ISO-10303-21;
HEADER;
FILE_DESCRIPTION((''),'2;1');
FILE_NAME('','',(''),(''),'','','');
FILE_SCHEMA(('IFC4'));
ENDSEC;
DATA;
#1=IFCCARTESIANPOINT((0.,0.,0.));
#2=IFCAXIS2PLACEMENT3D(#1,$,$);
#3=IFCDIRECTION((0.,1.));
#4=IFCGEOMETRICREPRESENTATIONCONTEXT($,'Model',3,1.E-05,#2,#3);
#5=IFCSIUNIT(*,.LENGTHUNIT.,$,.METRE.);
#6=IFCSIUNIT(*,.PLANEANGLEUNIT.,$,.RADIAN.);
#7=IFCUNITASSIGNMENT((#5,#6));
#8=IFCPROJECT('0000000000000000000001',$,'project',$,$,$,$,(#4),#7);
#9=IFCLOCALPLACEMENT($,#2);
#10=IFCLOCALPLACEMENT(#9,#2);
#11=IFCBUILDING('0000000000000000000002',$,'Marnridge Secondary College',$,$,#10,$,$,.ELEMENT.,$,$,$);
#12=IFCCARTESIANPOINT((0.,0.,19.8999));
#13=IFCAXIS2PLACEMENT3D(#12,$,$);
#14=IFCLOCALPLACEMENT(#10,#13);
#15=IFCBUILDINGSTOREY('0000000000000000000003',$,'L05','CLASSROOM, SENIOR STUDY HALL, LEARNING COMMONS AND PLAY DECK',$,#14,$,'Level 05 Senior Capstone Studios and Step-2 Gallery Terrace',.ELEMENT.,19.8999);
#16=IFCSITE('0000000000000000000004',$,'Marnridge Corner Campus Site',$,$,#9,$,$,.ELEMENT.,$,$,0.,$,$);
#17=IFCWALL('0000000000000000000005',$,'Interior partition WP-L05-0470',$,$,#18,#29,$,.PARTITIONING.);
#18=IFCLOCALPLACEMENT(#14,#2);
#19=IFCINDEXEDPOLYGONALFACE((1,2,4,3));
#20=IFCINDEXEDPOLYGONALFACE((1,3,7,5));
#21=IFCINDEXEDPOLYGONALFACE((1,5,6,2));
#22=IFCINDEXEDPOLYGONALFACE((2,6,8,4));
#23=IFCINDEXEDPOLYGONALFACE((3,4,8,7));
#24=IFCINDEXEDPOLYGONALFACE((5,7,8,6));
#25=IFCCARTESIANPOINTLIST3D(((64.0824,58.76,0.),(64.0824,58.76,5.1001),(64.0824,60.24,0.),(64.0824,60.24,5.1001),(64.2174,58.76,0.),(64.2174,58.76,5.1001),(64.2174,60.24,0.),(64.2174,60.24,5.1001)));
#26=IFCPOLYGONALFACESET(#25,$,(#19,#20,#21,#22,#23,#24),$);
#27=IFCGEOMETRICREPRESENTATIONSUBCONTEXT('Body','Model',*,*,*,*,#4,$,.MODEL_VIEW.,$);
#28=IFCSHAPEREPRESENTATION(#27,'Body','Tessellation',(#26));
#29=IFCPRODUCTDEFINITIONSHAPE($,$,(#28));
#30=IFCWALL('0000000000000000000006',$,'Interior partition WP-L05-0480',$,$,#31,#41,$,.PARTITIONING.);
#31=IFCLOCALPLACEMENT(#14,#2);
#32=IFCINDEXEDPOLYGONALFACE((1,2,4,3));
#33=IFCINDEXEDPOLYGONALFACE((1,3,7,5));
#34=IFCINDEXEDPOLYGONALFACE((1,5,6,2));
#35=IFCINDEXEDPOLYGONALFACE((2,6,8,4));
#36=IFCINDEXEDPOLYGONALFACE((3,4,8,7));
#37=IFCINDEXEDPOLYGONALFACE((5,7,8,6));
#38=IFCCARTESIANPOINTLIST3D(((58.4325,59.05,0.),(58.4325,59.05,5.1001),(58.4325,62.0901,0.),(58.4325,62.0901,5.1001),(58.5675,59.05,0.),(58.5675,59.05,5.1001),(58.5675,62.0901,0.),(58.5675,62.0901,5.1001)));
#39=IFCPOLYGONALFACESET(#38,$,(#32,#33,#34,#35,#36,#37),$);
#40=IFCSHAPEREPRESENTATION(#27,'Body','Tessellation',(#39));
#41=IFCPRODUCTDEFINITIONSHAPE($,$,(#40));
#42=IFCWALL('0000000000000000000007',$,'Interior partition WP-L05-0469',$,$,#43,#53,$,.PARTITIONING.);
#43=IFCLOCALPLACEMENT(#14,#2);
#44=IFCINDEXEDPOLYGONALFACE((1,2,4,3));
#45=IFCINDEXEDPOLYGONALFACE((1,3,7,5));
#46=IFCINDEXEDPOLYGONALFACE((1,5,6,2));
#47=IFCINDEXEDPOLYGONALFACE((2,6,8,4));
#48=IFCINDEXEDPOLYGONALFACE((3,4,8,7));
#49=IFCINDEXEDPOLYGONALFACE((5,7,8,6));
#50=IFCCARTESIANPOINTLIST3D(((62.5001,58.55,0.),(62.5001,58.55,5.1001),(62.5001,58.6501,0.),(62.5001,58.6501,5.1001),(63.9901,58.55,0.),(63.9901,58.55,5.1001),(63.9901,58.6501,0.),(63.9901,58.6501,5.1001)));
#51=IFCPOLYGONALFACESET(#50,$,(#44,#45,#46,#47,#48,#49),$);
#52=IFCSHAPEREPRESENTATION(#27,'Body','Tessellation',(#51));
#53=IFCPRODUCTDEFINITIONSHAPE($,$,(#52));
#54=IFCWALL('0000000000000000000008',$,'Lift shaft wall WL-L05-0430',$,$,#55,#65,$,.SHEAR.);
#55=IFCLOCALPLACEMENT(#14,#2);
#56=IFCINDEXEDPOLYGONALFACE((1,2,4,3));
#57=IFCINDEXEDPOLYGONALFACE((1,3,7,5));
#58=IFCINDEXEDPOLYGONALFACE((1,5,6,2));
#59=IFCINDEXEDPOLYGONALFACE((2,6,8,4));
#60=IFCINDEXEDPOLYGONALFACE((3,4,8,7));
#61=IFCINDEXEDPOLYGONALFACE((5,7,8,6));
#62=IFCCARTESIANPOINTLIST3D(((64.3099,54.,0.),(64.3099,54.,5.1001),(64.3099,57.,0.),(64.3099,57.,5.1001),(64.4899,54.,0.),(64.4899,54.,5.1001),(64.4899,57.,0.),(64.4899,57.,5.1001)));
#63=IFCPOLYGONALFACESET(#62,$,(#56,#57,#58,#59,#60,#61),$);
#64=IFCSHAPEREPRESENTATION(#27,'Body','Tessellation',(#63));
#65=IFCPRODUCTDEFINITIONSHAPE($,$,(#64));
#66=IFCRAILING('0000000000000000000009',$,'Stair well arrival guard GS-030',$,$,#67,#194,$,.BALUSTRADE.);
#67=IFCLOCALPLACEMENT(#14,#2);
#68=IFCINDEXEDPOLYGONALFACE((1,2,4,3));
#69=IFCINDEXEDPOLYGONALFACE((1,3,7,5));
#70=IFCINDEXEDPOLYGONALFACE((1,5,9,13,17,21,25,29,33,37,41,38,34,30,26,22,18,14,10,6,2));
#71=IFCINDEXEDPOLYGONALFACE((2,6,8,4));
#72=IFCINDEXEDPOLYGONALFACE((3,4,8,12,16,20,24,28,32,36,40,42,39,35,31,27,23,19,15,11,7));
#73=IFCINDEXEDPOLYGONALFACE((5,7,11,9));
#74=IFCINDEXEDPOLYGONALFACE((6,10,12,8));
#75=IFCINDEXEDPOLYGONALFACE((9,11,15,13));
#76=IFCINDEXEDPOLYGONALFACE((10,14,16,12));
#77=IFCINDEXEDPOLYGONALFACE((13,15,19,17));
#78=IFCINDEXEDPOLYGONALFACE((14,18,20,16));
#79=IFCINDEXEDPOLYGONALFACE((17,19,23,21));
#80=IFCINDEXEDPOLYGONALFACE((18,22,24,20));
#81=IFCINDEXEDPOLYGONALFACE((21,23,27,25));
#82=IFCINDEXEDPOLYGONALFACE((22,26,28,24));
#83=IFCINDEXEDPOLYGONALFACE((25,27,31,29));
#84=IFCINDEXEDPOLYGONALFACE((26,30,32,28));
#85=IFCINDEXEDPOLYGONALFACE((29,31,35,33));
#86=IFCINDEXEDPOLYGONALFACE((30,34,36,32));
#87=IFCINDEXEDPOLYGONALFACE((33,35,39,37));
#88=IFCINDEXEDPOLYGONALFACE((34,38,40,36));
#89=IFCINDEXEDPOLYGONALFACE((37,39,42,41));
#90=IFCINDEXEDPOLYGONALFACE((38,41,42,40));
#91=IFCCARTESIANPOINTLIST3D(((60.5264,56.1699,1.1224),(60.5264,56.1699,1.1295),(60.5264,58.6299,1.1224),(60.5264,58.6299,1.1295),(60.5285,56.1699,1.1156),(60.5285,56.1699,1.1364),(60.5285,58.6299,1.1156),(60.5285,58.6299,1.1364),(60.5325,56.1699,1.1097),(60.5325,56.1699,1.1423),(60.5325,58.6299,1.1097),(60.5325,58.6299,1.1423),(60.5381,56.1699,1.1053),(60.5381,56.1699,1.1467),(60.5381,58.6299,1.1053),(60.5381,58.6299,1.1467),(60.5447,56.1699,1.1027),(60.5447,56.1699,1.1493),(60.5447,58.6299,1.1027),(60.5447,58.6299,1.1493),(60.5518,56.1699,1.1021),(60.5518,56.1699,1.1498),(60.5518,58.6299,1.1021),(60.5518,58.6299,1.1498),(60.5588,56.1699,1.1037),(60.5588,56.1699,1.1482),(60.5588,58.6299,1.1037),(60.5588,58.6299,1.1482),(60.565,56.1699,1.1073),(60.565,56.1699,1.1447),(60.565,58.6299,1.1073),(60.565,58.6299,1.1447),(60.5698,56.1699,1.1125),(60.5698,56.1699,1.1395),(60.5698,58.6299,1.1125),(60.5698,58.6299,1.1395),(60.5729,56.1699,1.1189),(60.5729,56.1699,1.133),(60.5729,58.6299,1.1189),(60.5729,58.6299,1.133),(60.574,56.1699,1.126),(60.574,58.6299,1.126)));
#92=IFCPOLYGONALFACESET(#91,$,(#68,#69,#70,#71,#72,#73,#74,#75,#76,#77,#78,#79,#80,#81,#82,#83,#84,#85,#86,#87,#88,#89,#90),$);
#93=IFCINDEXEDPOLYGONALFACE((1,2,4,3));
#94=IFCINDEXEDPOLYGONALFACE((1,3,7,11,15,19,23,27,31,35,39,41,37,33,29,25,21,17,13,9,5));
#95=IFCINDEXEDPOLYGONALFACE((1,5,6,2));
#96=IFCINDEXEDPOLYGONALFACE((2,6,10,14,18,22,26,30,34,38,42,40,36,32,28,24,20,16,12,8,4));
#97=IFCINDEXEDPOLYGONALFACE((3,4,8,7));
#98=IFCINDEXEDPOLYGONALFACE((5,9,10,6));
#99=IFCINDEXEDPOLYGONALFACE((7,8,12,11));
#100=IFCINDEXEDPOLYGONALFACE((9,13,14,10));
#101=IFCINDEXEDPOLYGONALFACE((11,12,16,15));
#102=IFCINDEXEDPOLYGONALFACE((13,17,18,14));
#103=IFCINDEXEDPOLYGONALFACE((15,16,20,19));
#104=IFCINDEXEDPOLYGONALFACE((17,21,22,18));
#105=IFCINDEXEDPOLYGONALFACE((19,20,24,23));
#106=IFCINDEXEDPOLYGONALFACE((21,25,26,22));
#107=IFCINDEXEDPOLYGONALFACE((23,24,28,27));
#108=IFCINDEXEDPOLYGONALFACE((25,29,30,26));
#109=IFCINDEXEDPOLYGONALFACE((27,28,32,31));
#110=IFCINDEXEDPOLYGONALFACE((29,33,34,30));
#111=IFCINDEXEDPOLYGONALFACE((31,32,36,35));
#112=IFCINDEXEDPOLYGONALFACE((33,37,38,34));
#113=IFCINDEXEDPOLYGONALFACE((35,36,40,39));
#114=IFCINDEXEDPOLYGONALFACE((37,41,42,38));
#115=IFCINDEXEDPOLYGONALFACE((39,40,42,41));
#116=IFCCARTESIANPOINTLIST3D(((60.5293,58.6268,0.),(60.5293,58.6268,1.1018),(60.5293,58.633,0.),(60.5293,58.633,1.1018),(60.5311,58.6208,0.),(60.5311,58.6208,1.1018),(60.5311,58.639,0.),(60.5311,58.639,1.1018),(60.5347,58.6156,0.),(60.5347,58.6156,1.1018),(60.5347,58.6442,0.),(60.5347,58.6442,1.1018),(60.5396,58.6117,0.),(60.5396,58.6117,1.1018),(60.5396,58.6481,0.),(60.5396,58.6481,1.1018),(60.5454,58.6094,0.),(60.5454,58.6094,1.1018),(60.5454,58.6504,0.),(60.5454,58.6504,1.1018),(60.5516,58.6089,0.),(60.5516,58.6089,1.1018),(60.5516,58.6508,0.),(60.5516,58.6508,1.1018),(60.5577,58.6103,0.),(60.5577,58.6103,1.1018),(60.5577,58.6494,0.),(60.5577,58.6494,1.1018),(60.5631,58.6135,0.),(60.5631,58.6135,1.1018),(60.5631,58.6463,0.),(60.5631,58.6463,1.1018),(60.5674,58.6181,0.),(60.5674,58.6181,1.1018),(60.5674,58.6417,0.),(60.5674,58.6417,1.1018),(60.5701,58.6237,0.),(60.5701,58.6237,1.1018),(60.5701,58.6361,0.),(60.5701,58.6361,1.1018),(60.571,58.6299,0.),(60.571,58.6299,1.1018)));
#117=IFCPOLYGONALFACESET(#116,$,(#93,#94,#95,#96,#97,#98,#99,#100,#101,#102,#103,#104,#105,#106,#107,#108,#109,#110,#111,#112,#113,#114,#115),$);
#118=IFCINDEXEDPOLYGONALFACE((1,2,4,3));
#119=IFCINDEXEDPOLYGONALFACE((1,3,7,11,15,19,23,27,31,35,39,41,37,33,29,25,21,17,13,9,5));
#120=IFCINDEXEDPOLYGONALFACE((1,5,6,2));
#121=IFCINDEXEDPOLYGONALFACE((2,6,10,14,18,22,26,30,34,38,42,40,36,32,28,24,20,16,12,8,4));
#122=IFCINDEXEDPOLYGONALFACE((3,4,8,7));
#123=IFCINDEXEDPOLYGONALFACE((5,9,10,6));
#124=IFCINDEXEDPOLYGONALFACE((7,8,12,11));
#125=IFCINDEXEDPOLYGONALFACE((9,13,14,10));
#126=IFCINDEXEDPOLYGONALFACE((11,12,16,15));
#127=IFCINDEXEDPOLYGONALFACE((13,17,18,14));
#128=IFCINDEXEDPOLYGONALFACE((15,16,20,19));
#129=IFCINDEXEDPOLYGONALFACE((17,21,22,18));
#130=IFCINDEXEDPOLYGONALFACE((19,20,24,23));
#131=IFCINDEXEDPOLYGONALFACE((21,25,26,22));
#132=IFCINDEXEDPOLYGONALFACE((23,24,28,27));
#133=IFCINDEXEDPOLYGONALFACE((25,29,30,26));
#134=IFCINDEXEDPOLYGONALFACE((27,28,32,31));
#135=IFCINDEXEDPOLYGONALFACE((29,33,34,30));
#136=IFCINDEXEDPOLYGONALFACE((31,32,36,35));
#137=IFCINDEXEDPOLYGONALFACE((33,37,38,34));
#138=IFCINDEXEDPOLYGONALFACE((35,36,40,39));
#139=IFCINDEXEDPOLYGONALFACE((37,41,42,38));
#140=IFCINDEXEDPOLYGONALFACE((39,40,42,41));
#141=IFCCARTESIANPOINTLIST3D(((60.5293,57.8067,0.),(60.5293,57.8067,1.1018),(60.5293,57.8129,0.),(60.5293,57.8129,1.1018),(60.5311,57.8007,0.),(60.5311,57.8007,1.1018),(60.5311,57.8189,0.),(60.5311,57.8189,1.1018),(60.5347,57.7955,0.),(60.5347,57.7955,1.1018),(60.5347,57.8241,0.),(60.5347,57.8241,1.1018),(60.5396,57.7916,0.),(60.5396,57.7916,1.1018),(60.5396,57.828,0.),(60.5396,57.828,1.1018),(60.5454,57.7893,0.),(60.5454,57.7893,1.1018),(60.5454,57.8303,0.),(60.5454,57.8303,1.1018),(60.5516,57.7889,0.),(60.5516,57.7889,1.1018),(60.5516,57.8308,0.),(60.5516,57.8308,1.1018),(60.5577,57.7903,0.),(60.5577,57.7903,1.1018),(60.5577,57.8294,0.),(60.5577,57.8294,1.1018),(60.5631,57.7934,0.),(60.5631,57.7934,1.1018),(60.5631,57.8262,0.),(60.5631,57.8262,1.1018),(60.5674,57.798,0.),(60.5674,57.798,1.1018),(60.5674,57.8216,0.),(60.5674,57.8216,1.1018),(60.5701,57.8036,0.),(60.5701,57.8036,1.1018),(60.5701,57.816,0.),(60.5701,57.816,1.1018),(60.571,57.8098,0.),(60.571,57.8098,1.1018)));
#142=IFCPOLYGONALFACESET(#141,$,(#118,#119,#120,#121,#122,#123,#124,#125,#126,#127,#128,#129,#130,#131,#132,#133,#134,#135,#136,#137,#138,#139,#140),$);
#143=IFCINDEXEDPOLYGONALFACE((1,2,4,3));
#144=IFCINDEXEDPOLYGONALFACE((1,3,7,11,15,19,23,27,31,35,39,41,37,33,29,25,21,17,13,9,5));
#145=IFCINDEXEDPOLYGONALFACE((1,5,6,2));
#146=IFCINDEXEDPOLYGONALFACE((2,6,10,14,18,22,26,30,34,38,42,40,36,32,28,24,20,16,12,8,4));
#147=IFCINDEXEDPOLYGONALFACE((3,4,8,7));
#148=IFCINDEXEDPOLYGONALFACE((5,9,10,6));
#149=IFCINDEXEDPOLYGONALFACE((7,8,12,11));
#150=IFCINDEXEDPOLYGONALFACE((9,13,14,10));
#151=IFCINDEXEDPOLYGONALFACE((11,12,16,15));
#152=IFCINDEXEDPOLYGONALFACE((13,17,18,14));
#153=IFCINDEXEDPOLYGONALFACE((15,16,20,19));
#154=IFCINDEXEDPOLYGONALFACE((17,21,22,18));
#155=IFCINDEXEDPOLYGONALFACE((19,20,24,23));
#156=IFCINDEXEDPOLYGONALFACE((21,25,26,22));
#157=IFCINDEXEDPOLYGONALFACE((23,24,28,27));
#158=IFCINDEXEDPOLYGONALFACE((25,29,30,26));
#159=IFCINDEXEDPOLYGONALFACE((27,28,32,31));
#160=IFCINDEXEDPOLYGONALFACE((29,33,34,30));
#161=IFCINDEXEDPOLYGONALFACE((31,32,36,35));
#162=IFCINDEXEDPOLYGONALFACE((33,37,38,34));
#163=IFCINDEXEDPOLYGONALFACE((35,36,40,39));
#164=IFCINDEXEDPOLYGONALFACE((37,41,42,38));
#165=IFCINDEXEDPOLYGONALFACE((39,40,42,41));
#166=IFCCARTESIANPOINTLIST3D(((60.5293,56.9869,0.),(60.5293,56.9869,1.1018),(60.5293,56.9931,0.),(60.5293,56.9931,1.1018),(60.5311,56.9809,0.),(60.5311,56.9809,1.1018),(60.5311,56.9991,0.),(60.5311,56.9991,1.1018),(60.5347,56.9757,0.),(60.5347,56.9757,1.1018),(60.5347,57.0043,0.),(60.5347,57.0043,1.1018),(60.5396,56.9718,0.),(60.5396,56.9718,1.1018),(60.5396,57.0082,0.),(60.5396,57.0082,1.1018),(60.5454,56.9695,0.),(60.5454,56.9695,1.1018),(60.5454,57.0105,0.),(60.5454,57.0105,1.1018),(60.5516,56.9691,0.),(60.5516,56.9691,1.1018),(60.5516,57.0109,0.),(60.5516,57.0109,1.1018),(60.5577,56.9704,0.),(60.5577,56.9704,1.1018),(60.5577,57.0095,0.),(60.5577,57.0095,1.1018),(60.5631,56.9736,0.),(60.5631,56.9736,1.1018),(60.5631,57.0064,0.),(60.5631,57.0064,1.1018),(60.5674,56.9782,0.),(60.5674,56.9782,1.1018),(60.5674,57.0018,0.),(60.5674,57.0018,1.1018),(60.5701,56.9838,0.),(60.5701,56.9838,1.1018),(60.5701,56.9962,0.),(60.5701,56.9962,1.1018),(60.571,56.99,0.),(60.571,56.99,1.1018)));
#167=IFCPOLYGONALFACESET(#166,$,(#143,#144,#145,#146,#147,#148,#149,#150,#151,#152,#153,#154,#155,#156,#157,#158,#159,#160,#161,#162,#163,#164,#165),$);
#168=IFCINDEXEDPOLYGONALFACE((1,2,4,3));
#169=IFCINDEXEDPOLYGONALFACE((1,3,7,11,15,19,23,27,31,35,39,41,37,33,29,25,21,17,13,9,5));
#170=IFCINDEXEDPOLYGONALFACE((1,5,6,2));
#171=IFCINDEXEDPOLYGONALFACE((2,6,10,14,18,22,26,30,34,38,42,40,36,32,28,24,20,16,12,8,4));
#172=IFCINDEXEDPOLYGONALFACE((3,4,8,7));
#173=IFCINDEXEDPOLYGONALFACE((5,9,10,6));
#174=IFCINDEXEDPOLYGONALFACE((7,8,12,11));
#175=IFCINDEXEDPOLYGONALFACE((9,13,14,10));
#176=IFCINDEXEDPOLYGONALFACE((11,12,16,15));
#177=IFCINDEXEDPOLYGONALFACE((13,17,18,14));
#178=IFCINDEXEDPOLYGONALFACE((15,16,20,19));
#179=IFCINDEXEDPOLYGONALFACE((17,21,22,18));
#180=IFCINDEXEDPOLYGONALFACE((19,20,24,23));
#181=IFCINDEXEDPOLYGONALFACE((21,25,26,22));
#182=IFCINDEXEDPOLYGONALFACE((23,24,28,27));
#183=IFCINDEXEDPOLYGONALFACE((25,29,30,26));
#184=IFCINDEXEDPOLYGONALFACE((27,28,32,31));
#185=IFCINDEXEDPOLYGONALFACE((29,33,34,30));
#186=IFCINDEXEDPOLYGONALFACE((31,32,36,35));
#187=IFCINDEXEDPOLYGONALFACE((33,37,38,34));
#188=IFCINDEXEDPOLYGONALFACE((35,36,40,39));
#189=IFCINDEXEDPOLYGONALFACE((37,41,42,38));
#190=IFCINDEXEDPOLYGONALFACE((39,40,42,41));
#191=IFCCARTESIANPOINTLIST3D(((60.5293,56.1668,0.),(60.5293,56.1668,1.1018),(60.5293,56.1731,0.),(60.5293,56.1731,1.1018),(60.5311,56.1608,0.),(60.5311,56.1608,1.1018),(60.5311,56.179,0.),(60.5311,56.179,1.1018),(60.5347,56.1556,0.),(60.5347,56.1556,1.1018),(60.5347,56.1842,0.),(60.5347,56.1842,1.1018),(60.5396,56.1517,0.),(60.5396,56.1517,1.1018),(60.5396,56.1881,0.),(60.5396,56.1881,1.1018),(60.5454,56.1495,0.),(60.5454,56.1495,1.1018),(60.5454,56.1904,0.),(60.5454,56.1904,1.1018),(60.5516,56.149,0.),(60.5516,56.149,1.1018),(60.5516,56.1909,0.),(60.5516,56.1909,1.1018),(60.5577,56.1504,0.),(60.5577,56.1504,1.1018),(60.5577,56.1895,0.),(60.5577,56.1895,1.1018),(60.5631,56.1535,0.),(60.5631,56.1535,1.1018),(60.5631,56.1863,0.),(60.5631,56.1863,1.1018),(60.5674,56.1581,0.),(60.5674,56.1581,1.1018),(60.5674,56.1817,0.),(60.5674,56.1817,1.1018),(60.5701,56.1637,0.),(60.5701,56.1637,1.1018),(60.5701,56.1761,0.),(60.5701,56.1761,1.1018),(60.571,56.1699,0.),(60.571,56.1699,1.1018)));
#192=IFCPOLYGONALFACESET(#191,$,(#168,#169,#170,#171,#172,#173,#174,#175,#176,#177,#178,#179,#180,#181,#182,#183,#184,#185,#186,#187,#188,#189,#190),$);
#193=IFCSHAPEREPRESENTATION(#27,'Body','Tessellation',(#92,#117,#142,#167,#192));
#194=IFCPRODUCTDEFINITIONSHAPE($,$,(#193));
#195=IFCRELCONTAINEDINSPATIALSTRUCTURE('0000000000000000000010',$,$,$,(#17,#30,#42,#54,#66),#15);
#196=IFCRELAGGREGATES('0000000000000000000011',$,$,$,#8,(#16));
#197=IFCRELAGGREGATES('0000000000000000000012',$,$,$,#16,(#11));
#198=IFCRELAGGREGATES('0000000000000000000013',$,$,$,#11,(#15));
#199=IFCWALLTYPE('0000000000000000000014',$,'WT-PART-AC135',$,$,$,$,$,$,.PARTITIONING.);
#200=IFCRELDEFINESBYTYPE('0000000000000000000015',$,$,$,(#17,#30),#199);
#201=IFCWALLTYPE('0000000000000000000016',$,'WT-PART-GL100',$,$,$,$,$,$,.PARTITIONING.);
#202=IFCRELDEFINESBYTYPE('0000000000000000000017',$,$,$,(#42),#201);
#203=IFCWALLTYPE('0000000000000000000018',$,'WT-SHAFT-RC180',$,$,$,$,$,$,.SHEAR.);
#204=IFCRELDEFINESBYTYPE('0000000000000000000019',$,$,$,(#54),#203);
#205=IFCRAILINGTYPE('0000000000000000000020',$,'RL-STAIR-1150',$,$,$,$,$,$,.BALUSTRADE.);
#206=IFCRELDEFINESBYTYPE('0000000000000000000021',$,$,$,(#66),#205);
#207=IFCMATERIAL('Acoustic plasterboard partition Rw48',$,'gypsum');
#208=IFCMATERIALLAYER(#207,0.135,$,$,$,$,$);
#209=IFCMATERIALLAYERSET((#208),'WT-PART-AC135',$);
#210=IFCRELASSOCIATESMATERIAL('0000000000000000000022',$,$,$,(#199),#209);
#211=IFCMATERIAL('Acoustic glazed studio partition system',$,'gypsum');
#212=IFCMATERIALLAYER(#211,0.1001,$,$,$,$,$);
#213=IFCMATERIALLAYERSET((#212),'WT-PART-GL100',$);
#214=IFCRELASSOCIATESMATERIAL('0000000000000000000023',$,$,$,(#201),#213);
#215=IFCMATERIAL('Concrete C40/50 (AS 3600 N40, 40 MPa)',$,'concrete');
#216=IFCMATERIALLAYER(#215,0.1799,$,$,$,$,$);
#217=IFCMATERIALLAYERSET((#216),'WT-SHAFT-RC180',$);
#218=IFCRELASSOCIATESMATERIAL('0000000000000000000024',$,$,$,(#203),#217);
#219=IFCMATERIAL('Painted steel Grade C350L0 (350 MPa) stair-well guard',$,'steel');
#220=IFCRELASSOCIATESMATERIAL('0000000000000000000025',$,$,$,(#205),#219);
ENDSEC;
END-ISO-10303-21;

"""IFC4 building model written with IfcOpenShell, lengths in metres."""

from ifc_helpers import new_model, si_unit, direction, frame, frame_2d, origin, origin_2d, place, context, subcontext, project, spatial, rectangle, circle, extrude, material, layer, layer_set, type_object, element, save


model = new_model("IFC4")

# Units and contexts
model_context = context("Model", 3, precision=1e-05, world=origin(), true_north=direction((0.0, 1.0)))
body_context = subcontext(model_context, "Body", "Model", "MODEL_VIEW")
ifc_project = project(units=[si_unit("LENGTHUNIT", "METRE"), si_unit("PLANEANGLEUNIT", "RADIAN")], contexts=[model_context])

# Site, building, storey
site_placement = place(None, origin())
site = spatial("IfcSite", under=ifc_project, at=site_placement, Name="Marnridge Corner Campus Site", CompositionType="ELEMENT", RefElevation=0.0)
building_placement = place(site_placement, origin())
building = spatial("IfcBuilding", under=site, at=building_placement, Name="Marnridge Secondary College", CompositionType="ELEMENT")
storey_placement = place(building_placement, frame((0.0, 0.0, 19.8999)))
storey = spatial("IfcBuildingStorey", under=building, at=storey_placement, Name="L05", Description="CLASSROOM, SENIOR STUDY HALL, LEARNING COMMONS AND PLAY DECK", LongName="Level 05 Senior Capstone Studios and Step-2 Gallery Terrace", CompositionType="ELEMENT", Elevation=19.8999)

# Walls
ifc_material_1 = material(Name="Acoustic plasterboard partition Rw48", Category="gypsum")
ifc_layer_1 = layer(ifc_material_1, 0.135)
ifc_layer_set_1 = layer_set([ifc_layer_1], Name="WT-PART-AC135")
wall_type_1 = type_object("IfcWallType", Name="WT-PART-AC135", PredefinedType="PARTITIONING", material=ifc_layer_set_1)
wall_1_placement = place(storey_placement, frame((64.1499, 58.76, 0.0), z_axis=(0.0, 0.0, 1.0), x_axis=(0.0, 1.0, 0.0)))
element("IfcWall", 1, at=wall_1_placement, inside=storey, type_object=wall_type_1, Name="Interior partition WP-L05-0470", PredefinedType="PARTITIONING", context=body_context, shape_type="SweptSolid", body=[
    extrude(rectangle(XDim=1.48, YDim=0.135, at=frame_2d((0.74, 0.0))), origin(), (0.0, 0.0, 1.0), 5.1001),
])
wall_2_placement = place(storey_placement, frame((58.5, 59.05, 0.0), z_axis=(0.0, 0.0, 1.0), x_axis=(0.0, 1.0, 0.0)))
element("IfcWall", 2, at=wall_2_placement, inside=storey, type_object=wall_type_1, Name="Interior partition WP-L05-0480", PredefinedType="PARTITIONING", context=body_context, shape_type="SweptSolid", body=[
    extrude(rectangle(XDim=3.04, YDim=0.135, at=frame_2d((1.52, 0.0))), origin(), (0.0, 0.0, 1.0), 5.1001),
])
ifc_material_2 = material(Name="Acoustic glazed studio partition system", Category="gypsum")
ifc_layer_2 = layer(ifc_material_2, 0.1001)
ifc_layer_set_2 = layer_set([ifc_layer_2], Name="WT-PART-GL100")
wall_type_2 = type_object("IfcWallType", Name="WT-PART-GL100", PredefinedType="PARTITIONING", material=ifc_layer_set_2)
wall_3_placement = place(storey_placement, frame((62.5, 58.6001, 0.0), z_axis=(0.0, 0.0, 1.0), x_axis=(1.0, 0.0, 0.0)))
element("IfcWall", 3, at=wall_3_placement, inside=storey, type_object=wall_type_2, Name="Interior partition WP-L05-0469", PredefinedType="PARTITIONING", context=body_context, shape_type="SweptSolid", body=[
    extrude(rectangle(XDim=1.49, YDim=0.1001, at=frame_2d((0.7451, 0.0))), origin(), (0.0, 0.0, 1.0), 5.1001),
])
ifc_material_3 = material(Name="Concrete C40/50 (AS 3600 N40, 40 MPa)", Category="concrete")
ifc_layer_3 = layer(ifc_material_3, 0.1799)
ifc_layer_set_3 = layer_set([ifc_layer_3], Name="WT-SHAFT-RC180")
wall_type_3 = type_object("IfcWallType", Name="WT-SHAFT-RC180", PredefinedType="SHEAR", material=ifc_layer_set_3)
wall_4_placement = place(storey_placement, frame((64.3999, 54.0, 0.0), z_axis=(0.0, 0.0, 1.0), x_axis=(0.0, 1.0, 0.0)))
element("IfcWall", 4, at=wall_4_placement, inside=storey, type_object=wall_type_3, Name="Lift shaft wall WL-L05-0430", PredefinedType="SHEAR", context=body_context, shape_type="SweptSolid", body=[
    extrude(rectangle(XDim=3.0, YDim=0.1799, at=frame_2d((1.5, 0.0))), origin(), (0.0, 0.0, 1.0), 5.1001),
])

# Railing
ifc_material_4 = material(Name="Painted steel Grade C350L0 (350 MPa) stair-well guard", Category="steel")
railing_type = type_object("IfcRailingType", Name="RL-STAIR-1150", PredefinedType="BALUSTRADE", material=ifc_material_4)
railing_placement = place(storey_placement, frame((60.55, 58.6299, 0.0)))
element("IfcRailing", 5, at=railing_placement, inside=storey, type_object=railing_type, Name="Stair well arrival guard GS-030", PredefinedType="BALUSTRADE", context=body_context, shape_type="SweptSolid", body=[
    extrude(circle(Radius=0.0239, at=origin_2d()), frame((0.0, 0.0, 1.126), z_axis=(0.0, -1.0, 0.0), x_axis=(1.0, 0.0, 0.0)), (0.0, 0.0, 1.0), 2.46),
    extrude(circle(Radius=0.021, at=origin_2d()), origin(), (0.0, 0.0, 1.0), 1.1018),
    extrude(circle(Radius=0.021, at=origin_2d()), frame((0.0, -0.8201, 0.0)), (0.0, 0.0, 1.0), 1.1018),
    extrude(circle(Radius=0.021, at=origin_2d()), frame((0.0, -1.6399, 0.0)), (0.0, 0.0, 1.0), 1.1018),
    extrude(circle(Radius=0.021, at=origin_2d()), frame((0.0, -2.46, 0.0)), (0.0, 0.0, 1.0), 1.1018),
])

save(model, "model.ifc")
